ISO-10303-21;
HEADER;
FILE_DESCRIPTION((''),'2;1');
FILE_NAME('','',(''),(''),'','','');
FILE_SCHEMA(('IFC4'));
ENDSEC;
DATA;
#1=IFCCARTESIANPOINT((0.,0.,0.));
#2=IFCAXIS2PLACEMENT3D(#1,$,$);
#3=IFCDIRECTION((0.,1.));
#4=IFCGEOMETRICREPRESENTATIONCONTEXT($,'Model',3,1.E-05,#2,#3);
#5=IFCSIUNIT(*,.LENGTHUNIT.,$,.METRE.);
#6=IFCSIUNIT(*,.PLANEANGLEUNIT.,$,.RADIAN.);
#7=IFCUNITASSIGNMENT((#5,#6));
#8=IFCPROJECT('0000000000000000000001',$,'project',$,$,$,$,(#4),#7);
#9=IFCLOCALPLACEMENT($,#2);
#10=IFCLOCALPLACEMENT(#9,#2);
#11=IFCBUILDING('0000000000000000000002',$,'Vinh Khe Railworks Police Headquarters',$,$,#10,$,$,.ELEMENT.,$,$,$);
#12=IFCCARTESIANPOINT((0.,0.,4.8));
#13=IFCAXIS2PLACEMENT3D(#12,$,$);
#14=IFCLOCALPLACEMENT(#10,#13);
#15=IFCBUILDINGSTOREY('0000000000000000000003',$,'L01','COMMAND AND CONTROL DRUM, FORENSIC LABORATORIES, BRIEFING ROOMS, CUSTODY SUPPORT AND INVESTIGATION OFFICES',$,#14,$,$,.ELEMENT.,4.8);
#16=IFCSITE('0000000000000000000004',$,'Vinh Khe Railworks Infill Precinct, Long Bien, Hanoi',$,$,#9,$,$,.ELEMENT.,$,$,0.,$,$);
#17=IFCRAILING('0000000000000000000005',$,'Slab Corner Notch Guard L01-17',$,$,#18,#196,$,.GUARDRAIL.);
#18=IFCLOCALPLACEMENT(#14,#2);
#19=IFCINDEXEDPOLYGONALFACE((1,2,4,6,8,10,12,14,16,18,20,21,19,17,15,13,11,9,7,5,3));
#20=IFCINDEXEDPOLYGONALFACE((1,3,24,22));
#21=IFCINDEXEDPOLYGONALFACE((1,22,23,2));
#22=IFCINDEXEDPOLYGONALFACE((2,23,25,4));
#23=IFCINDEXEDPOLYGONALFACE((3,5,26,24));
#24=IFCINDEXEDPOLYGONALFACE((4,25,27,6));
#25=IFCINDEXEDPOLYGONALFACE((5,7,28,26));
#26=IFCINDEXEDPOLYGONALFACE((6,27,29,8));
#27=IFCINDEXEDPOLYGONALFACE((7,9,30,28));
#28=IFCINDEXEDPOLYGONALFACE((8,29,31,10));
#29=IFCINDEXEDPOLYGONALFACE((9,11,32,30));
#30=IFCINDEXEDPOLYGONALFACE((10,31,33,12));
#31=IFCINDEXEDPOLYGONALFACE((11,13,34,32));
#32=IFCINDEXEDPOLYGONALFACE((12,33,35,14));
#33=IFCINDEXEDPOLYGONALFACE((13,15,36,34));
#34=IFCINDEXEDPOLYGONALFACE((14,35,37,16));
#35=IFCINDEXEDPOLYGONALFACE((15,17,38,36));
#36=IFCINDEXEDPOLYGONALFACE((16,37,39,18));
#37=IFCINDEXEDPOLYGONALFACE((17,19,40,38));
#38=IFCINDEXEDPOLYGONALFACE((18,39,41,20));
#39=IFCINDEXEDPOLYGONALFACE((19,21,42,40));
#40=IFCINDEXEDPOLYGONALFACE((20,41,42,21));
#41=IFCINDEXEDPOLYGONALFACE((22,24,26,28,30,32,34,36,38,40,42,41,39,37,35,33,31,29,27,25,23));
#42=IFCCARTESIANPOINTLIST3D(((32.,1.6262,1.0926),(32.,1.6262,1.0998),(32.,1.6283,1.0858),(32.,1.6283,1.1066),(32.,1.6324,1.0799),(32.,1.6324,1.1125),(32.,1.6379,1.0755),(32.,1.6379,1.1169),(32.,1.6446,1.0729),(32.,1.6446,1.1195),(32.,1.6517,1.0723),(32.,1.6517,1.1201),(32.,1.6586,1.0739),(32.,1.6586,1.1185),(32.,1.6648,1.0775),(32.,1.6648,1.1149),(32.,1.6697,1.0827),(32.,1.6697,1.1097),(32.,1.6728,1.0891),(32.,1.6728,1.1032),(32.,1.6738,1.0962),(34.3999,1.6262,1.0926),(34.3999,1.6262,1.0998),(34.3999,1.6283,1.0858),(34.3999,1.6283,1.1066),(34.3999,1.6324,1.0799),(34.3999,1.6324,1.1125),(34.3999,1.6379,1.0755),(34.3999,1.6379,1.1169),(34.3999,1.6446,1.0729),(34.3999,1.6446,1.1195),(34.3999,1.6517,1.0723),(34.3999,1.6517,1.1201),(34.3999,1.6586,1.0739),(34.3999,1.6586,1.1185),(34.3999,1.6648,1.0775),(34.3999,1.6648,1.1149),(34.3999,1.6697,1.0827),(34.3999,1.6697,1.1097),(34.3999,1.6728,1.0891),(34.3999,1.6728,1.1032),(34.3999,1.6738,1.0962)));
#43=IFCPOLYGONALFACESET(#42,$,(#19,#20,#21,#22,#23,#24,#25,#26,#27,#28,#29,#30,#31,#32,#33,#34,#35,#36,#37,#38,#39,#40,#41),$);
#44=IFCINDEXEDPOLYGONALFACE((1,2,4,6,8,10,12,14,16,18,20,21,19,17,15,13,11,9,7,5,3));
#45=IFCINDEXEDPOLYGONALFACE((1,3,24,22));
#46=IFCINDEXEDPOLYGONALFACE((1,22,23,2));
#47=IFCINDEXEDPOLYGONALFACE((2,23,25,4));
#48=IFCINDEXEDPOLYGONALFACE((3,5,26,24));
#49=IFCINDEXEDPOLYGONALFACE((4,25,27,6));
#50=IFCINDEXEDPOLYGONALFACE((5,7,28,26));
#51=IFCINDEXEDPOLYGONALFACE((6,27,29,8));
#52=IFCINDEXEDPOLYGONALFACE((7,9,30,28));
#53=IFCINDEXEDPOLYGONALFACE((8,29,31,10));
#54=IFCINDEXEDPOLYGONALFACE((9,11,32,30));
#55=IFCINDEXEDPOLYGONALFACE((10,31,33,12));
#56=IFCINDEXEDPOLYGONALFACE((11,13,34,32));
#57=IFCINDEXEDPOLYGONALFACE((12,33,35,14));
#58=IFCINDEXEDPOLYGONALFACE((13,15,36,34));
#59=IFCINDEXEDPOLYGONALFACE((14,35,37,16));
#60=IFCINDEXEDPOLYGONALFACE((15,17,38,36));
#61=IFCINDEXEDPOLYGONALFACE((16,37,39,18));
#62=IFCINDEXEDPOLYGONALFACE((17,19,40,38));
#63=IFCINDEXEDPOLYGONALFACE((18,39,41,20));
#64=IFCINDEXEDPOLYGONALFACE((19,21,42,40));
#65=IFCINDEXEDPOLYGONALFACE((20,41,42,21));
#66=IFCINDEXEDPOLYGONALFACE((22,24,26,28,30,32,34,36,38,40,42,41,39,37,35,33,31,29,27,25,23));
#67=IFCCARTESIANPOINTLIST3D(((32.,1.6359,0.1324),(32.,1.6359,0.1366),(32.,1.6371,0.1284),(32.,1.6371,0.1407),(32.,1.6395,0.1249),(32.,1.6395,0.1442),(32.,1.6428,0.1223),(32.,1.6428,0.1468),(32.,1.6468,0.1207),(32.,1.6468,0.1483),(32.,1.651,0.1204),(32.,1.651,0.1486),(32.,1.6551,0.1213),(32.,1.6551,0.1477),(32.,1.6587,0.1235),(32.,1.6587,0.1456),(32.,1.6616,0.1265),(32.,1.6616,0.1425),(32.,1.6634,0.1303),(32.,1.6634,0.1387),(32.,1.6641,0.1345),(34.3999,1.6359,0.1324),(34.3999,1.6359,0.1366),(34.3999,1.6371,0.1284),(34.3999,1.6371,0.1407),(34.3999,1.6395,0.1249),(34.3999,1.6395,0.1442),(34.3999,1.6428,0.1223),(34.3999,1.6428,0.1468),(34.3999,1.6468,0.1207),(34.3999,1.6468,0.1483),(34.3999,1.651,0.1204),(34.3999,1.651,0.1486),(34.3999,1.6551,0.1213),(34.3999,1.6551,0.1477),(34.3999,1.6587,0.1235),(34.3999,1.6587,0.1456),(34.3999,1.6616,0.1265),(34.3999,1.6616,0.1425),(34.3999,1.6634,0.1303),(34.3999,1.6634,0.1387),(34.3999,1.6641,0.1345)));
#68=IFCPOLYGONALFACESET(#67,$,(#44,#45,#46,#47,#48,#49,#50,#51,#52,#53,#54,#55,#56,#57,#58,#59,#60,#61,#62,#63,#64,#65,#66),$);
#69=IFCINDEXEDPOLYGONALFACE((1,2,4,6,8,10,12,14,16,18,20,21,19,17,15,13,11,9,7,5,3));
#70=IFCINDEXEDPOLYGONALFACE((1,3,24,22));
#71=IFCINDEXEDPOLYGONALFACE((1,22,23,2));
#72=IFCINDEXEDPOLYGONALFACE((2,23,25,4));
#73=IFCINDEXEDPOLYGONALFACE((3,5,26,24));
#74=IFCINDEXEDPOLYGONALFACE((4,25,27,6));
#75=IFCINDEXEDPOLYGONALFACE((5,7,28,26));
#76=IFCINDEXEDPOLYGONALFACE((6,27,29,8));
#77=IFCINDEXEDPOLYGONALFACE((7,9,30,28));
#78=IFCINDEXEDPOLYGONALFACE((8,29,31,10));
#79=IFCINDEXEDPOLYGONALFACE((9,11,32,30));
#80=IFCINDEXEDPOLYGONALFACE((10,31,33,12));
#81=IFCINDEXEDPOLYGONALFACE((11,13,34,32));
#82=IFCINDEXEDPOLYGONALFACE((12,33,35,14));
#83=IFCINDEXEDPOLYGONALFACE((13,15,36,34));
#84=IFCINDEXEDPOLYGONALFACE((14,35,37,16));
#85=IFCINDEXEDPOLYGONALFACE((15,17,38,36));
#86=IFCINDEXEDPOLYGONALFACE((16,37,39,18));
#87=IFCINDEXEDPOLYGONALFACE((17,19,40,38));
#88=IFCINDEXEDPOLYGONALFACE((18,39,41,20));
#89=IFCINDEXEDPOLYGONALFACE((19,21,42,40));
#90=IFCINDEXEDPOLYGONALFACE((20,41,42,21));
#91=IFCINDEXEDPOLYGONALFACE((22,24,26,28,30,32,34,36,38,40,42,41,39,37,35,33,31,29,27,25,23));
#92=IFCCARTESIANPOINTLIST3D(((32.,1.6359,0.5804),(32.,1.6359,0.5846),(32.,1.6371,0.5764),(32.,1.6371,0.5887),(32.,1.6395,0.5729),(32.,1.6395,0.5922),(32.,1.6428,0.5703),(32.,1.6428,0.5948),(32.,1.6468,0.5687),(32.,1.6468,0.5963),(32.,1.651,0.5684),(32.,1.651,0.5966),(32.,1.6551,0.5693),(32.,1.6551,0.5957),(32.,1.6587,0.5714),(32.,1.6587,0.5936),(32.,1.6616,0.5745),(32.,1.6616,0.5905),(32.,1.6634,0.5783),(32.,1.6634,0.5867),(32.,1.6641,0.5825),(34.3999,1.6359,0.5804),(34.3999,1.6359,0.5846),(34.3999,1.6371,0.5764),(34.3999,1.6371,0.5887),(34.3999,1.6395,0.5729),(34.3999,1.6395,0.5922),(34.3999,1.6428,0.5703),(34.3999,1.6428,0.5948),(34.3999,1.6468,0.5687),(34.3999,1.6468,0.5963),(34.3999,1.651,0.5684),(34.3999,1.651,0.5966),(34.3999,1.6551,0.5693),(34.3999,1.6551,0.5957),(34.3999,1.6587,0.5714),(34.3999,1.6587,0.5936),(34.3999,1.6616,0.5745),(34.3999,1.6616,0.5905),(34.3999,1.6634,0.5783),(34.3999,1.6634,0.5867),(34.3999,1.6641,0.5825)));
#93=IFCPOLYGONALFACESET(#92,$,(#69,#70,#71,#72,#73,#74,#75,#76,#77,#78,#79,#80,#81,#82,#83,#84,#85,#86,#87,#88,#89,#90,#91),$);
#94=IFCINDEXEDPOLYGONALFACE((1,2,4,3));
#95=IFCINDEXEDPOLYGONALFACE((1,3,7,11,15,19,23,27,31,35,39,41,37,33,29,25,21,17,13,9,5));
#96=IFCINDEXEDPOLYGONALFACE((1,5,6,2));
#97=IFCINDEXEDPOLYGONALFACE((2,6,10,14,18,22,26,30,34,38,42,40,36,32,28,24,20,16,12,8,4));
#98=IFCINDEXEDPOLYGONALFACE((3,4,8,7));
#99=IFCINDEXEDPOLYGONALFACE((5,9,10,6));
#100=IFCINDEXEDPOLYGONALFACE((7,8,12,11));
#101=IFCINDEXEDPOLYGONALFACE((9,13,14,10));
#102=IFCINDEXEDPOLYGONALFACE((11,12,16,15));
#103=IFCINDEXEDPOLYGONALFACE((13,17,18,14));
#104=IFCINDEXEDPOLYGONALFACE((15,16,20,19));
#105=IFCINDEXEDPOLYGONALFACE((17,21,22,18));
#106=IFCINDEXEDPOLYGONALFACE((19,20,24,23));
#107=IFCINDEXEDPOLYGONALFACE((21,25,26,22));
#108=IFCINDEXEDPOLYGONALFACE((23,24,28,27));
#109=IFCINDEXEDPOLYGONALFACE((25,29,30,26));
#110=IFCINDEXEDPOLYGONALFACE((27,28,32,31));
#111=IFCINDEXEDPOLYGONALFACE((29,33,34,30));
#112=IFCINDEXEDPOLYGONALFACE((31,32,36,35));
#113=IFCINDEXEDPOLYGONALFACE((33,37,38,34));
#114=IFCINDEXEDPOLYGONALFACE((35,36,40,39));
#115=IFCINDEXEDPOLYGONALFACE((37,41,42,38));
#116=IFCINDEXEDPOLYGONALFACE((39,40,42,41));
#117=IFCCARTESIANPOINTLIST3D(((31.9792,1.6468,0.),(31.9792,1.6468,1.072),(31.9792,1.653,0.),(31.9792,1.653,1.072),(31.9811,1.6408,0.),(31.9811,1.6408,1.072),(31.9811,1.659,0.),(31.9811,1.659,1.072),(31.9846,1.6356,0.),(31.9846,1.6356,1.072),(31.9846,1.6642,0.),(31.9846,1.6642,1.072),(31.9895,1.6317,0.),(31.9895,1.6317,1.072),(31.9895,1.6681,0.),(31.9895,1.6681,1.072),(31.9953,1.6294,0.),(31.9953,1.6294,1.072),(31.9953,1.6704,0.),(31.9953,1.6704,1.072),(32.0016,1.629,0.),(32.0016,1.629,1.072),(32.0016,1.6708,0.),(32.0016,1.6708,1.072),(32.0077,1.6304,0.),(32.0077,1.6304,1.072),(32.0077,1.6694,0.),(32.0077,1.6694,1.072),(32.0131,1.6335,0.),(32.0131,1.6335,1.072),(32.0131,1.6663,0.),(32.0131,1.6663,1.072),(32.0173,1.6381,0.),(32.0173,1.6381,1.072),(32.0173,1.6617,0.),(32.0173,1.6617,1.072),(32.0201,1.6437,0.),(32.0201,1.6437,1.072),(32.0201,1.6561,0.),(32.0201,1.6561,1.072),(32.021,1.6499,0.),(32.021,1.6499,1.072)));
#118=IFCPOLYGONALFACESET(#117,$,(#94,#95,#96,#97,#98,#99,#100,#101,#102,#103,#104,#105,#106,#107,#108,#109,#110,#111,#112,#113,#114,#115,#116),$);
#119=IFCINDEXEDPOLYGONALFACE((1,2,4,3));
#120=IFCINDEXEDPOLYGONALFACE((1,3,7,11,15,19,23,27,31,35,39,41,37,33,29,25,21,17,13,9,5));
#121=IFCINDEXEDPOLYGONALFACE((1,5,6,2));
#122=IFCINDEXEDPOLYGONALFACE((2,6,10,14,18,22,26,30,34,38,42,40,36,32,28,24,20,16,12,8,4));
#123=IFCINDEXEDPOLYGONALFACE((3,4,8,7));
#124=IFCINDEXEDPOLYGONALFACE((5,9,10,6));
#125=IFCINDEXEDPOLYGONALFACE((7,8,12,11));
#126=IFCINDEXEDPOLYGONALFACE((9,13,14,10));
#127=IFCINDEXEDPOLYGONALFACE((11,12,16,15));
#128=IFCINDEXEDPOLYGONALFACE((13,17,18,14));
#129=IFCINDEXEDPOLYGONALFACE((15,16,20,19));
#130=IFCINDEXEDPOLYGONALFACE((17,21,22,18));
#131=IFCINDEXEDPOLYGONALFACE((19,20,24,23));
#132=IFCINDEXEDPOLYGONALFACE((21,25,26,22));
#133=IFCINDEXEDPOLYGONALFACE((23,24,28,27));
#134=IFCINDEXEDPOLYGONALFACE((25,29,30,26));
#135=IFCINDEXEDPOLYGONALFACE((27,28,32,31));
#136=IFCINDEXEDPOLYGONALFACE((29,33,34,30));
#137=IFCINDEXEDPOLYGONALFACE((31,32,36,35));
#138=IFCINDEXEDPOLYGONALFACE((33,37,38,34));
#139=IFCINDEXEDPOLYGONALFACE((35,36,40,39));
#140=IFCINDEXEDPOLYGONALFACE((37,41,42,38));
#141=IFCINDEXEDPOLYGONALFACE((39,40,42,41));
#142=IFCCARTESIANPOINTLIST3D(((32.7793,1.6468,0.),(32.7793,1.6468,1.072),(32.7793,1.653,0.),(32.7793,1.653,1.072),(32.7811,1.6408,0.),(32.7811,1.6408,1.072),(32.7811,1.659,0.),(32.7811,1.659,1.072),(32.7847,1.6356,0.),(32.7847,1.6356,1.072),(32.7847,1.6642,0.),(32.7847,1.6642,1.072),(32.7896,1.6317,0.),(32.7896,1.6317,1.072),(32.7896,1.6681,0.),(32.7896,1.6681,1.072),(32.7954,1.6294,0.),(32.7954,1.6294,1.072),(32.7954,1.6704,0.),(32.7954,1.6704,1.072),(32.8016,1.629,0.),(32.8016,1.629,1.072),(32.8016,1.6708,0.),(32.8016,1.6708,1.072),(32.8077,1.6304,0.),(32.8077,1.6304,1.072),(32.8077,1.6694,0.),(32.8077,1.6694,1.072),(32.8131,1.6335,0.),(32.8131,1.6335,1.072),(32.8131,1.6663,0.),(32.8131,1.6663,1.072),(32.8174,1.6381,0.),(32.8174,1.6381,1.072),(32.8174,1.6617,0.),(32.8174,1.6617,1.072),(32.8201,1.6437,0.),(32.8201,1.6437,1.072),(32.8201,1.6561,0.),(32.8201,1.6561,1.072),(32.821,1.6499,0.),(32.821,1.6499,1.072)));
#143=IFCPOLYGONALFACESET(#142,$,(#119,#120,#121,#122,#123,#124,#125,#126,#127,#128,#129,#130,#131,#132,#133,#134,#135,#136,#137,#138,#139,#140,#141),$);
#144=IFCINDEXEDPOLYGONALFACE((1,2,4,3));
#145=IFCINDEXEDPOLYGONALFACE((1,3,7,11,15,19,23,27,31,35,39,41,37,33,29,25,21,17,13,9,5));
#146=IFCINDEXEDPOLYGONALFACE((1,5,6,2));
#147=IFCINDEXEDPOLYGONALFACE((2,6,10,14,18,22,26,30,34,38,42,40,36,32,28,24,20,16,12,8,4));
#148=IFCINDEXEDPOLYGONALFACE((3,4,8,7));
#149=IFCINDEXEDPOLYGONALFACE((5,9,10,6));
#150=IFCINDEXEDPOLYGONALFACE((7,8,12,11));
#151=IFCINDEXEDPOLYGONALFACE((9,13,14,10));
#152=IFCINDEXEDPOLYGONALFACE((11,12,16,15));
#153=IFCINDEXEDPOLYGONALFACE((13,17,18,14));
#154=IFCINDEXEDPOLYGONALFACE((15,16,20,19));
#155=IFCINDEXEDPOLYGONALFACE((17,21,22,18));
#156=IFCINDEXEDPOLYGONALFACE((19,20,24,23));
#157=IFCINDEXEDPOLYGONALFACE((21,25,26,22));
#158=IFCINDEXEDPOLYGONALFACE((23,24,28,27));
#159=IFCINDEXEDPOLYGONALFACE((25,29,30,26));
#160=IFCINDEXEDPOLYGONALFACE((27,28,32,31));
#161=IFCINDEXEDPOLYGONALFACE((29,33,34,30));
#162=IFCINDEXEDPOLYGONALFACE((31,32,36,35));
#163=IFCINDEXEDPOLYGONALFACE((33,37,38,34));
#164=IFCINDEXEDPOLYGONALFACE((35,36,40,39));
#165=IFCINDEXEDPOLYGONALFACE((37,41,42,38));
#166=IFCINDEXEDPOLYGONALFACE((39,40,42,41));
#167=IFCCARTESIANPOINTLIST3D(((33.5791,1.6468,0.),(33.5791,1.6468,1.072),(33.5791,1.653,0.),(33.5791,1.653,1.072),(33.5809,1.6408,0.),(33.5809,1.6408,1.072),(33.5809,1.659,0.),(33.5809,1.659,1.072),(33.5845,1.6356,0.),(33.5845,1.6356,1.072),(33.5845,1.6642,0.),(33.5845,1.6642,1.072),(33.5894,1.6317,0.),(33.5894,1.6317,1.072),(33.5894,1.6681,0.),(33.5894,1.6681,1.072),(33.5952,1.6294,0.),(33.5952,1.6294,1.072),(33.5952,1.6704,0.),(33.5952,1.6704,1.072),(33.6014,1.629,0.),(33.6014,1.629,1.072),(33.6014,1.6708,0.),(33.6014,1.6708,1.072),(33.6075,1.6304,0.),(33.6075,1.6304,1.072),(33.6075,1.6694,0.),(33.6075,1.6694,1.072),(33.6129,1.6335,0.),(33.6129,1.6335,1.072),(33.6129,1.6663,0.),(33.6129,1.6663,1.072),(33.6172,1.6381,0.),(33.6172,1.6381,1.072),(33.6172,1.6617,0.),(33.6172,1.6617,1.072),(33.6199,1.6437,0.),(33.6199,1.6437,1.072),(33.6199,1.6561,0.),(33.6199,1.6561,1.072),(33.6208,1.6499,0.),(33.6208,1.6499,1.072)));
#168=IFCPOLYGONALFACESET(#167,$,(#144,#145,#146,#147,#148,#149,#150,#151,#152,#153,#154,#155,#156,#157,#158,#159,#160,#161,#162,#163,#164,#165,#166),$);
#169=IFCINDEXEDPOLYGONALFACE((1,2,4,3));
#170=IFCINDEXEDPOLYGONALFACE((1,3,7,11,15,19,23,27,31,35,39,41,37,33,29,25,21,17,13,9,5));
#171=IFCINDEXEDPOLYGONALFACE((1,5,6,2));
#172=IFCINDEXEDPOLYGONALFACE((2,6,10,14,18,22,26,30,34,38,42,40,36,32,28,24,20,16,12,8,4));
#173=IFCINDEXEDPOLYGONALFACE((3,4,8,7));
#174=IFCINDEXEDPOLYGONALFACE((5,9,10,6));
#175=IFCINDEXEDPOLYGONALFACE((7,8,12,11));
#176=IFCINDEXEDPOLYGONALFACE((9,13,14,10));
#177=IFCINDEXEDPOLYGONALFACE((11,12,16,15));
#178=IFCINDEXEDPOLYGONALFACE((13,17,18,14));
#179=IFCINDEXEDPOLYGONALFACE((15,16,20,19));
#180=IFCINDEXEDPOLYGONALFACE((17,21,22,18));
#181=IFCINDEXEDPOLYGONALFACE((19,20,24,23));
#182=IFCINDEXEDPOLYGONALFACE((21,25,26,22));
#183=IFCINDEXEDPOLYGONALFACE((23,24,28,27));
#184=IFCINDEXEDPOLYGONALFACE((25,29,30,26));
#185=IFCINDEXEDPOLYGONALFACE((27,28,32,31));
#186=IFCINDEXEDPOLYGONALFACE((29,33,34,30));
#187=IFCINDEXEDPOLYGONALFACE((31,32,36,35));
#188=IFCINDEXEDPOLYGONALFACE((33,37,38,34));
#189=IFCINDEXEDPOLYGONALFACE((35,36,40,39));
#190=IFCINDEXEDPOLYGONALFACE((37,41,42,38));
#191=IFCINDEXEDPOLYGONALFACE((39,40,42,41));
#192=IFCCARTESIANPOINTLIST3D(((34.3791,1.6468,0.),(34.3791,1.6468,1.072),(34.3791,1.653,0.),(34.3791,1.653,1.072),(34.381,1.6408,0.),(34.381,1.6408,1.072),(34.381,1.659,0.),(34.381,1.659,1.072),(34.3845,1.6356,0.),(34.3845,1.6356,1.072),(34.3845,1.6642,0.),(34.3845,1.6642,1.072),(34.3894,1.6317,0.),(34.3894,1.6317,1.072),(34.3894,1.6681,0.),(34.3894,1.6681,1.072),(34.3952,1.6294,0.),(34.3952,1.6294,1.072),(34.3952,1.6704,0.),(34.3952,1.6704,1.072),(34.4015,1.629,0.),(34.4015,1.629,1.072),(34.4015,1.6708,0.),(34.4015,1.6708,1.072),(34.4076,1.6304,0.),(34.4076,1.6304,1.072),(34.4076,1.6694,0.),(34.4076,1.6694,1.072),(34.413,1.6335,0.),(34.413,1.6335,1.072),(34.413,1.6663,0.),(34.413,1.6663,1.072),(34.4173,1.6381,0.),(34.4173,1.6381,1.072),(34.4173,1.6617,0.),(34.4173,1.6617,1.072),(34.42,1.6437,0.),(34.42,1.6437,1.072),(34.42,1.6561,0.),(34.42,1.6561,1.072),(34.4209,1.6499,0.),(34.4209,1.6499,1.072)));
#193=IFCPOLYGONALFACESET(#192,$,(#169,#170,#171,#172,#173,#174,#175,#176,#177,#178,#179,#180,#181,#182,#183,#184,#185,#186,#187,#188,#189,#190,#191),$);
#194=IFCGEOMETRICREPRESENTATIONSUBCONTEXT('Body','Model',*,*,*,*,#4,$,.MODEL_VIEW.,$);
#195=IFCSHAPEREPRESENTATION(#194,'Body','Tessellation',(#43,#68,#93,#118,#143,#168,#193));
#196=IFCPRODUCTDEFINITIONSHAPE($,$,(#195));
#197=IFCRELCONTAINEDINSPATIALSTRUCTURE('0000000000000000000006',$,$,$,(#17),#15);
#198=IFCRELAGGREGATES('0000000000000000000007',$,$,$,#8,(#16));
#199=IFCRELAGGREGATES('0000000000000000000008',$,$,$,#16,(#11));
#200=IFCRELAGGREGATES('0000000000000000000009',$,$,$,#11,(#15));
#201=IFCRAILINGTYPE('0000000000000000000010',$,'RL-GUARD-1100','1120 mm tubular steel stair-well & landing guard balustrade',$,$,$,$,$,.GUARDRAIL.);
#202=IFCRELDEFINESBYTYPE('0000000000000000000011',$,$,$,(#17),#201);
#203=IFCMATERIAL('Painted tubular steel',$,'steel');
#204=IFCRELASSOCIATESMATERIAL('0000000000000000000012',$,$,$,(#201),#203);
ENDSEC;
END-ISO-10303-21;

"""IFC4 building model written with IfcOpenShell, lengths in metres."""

from ifc_helpers import new_model, si_unit, direction, frame, origin, origin_2d, place, context, subcontext, project, spatial, circle, extrude, material, type_object, element, save


model = new_model("IFC4")

# Units and contexts
model_context = context("Model", 3, precision=1e-05, world=origin(), true_north=direction((0.0, 1.0)))
body_context = subcontext(model_context, "Body", "Model", "MODEL_VIEW")
ifc_project = project(units=[si_unit("LENGTHUNIT", "METRE"), si_unit("PLANEANGLEUNIT", "RADIAN")], contexts=[model_context])

# Site, building, storey
site_placement = place(None, origin())
site = spatial("IfcSite", under=ifc_project, at=site_placement, Name="Vinh Khe Railworks Infill Precinct, Long Bien, Hanoi", CompositionType="ELEMENT", RefElevation=0.0)
building_placement = place(site_placement, origin())
building = spatial("IfcBuilding", under=site, at=building_placement, Name="Vinh Khe Railworks Police Headquarters", CompositionType="ELEMENT")
storey_placement = place(building_placement, frame((0.0, 0.0, 4.8)))
storey = spatial("IfcBuildingStorey", under=building, at=storey_placement, Name="L01", Description="COMMAND AND CONTROL DRUM, FORENSIC LABORATORIES, BRIEFING ROOMS, CUSTODY SUPPORT AND INVESTIGATION OFFICES", CompositionType="ELEMENT", Elevation=4.8)

# Railing
ifc_material_1 = material(Name="Painted tubular steel", Category="steel")
railing_type = type_object("IfcRailingType", Name="RL-GUARD-1100", Description="1120 mm tubular steel stair-well & landing guard balustrade", PredefinedType="GUARDRAIL", material=ifc_material_1)
railing_1_placement = place(storey_placement, frame((32.0, 1.6499, 0.0)))
element("IfcRailing", 1, at=railing_1_placement, inside=storey, type_object=railing_type, Name="Slab Corner Notch Guard L01-17", PredefinedType="GUARDRAIL", context=body_context, shape_type="SweptSolid", body=[
    extrude(circle(Radius=0.0239, at=origin_2d()), frame((0.0, 0.0, 1.0962), z_axis=(1.0, 0.0, 0.0), x_axis=(0.0, 1.0, 0.0)), (0.0, 0.0, 1.0), 2.3999),
    extrude(circle(Radius=0.0142, at=origin_2d()), frame((0.0, 0.0, 0.1345), z_axis=(1.0, 0.0, 0.0), x_axis=(0.0, 1.0, 0.0)), (0.0, 0.0, 1.0), 2.3999),
    extrude(circle(Radius=0.0142, at=origin_2d()), frame((0.0, 0.0, 0.5825), z_axis=(1.0, 0.0, 0.0), x_axis=(0.0, 1.0, 0.0)), (0.0, 0.0, 1.0), 2.3999),
    extrude(circle(Radius=0.021, at=origin_2d()), origin(), (0.0, 0.0, 1.0), 1.072),
    extrude(circle(Radius=0.021, at=origin_2d()), frame((0.8, 0.0, 0.0)), (0.0, 0.0, 1.0), 1.072),
    extrude(circle(Radius=0.021, at=origin_2d()), frame((1.5999, 0.0, 0.0)), (0.0, 0.0, 1.0), 1.072),
    extrude(circle(Radius=0.021, at=origin_2d()), frame((2.3999, 0.0, 0.0)), (0.0, 0.0, 1.0), 1.072),
])

save(model, "model.ifc")
